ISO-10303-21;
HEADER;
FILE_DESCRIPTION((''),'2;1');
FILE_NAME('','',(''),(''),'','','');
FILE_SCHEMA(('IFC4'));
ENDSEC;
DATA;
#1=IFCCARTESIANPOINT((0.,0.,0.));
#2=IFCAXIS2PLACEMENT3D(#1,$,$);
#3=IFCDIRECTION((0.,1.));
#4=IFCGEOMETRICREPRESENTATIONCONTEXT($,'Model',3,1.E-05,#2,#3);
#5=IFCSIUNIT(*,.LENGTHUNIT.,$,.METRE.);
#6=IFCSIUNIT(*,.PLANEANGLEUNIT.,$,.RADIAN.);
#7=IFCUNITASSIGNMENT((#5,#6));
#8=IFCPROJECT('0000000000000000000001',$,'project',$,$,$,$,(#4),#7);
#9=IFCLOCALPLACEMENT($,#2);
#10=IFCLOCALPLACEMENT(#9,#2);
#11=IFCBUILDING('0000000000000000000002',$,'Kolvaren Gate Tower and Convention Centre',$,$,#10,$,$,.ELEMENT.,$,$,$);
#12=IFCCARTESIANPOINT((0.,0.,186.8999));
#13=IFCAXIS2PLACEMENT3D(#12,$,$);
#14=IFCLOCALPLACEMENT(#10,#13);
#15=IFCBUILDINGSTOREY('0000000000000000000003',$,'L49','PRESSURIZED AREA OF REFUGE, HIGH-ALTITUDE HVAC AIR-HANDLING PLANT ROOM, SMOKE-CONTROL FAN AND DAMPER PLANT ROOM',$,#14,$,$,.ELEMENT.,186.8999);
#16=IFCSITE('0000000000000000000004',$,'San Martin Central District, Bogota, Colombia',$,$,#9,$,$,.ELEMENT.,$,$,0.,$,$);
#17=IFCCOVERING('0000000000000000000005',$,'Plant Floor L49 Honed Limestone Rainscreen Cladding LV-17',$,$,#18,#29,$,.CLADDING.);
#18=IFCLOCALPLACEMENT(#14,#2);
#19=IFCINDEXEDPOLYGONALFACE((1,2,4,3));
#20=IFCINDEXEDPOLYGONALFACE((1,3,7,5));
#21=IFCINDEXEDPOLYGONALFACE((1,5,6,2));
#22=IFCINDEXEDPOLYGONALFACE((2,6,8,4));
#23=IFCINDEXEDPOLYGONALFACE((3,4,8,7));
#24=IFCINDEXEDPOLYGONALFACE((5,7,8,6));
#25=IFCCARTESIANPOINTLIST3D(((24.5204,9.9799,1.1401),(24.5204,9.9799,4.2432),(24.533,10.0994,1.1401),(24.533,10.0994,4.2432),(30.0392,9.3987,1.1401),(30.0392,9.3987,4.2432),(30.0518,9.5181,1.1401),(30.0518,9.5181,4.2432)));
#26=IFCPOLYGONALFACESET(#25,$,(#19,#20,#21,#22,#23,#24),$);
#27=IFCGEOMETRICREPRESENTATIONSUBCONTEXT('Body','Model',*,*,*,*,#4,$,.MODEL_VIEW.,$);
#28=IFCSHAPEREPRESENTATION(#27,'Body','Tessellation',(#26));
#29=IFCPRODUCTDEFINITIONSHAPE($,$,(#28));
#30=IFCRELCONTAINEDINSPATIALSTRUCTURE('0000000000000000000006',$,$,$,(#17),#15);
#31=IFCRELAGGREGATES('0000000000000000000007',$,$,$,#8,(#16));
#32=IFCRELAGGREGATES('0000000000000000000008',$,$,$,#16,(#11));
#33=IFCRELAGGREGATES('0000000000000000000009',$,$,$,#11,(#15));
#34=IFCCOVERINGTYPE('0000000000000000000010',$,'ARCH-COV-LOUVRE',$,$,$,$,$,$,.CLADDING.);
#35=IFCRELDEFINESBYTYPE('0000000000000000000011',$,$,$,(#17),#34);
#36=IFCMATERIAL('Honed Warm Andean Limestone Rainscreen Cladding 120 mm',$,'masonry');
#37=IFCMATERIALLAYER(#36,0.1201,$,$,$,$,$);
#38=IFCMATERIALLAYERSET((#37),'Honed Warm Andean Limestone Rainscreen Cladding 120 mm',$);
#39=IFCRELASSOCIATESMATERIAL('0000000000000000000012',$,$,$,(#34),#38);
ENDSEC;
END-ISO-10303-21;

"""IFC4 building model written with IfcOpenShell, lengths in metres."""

from ifc_helpers import new_model, si_unit, direction, frame, origin, origin_2d, place, context, subcontext, project, spatial, rectangle, extrude, material, layer, layer_set, type_object, element, save


model = new_model("IFC4")

# Units and contexts
model_context = context("Model", 3, precision=1e-05, world=origin(), true_north=direction((0.0, 1.0)))
body_context = subcontext(model_context, "Body", "Model", "MODEL_VIEW")
ifc_project = project(units=[si_unit("LENGTHUNIT", "METRE"), si_unit("PLANEANGLEUNIT", "RADIAN")], contexts=[model_context])

# Site, building, storey
site_placement = place(None, origin())
site = spatial("IfcSite", under=ifc_project, at=site_placement, Name="San Martin Central District, Bogota, Colombia", CompositionType="ELEMENT", RefElevation=0.0)
building_placement = place(site_placement, origin())
building = spatial("IfcBuilding", under=site, at=building_placement, Name="Kolvaren Gate Tower and Convention Centre", CompositionType="ELEMENT")
storey_placement = place(building_placement, frame((0.0, 0.0, 186.8999)))
storey = spatial("IfcBuildingStorey", under=building, at=storey_placement, Name="L49", Description="PRESSURIZED AREA OF REFUGE, HIGH-ALTITUDE HVAC AIR-HANDLING PLANT ROOM, SMOKE-CONTROL FAN AND DAMPER PLANT ROOM", CompositionType="ELEMENT", Elevation=186.8999)

# Covering
ifc_material_1 = material(Name="Honed Warm Andean Limestone Rainscreen Cladding 120 mm", Category="masonry")
ifc_layer_1 = layer(ifc_material_1, 0.1201)
ifc_layer_set_1 = layer_set([ifc_layer_1], Name="Honed Warm Andean Limestone Rainscreen Cladding 120 mm")
covering_type = type_object("IfcCoveringType", Name="ARCH-COV-LOUVRE", PredefinedType="CLADDING", material=ifc_layer_set_1)
covering_1_placement = place(storey_placement, frame((27.2861, 9.749, 1.1401), z_axis=(0.0, 0.0, 1.0), x_axis=(0.994499, -0.104744, 0.0)))
element("IfcCovering", 1, at=covering_1_placement, inside=storey, type_object=covering_type, Name="Plant Floor L49 Honed Limestone Rainscreen Cladding LV-17", PredefinedType="CLADDING", context=body_context, shape_type="SweptSolid", body=[
    extrude(rectangle(XDim=5.5493, YDim=0.1201, at=origin_2d()), origin(), (0.0, 0.0, 1.0), 3.103),
])

save(model, "model.ifc")
